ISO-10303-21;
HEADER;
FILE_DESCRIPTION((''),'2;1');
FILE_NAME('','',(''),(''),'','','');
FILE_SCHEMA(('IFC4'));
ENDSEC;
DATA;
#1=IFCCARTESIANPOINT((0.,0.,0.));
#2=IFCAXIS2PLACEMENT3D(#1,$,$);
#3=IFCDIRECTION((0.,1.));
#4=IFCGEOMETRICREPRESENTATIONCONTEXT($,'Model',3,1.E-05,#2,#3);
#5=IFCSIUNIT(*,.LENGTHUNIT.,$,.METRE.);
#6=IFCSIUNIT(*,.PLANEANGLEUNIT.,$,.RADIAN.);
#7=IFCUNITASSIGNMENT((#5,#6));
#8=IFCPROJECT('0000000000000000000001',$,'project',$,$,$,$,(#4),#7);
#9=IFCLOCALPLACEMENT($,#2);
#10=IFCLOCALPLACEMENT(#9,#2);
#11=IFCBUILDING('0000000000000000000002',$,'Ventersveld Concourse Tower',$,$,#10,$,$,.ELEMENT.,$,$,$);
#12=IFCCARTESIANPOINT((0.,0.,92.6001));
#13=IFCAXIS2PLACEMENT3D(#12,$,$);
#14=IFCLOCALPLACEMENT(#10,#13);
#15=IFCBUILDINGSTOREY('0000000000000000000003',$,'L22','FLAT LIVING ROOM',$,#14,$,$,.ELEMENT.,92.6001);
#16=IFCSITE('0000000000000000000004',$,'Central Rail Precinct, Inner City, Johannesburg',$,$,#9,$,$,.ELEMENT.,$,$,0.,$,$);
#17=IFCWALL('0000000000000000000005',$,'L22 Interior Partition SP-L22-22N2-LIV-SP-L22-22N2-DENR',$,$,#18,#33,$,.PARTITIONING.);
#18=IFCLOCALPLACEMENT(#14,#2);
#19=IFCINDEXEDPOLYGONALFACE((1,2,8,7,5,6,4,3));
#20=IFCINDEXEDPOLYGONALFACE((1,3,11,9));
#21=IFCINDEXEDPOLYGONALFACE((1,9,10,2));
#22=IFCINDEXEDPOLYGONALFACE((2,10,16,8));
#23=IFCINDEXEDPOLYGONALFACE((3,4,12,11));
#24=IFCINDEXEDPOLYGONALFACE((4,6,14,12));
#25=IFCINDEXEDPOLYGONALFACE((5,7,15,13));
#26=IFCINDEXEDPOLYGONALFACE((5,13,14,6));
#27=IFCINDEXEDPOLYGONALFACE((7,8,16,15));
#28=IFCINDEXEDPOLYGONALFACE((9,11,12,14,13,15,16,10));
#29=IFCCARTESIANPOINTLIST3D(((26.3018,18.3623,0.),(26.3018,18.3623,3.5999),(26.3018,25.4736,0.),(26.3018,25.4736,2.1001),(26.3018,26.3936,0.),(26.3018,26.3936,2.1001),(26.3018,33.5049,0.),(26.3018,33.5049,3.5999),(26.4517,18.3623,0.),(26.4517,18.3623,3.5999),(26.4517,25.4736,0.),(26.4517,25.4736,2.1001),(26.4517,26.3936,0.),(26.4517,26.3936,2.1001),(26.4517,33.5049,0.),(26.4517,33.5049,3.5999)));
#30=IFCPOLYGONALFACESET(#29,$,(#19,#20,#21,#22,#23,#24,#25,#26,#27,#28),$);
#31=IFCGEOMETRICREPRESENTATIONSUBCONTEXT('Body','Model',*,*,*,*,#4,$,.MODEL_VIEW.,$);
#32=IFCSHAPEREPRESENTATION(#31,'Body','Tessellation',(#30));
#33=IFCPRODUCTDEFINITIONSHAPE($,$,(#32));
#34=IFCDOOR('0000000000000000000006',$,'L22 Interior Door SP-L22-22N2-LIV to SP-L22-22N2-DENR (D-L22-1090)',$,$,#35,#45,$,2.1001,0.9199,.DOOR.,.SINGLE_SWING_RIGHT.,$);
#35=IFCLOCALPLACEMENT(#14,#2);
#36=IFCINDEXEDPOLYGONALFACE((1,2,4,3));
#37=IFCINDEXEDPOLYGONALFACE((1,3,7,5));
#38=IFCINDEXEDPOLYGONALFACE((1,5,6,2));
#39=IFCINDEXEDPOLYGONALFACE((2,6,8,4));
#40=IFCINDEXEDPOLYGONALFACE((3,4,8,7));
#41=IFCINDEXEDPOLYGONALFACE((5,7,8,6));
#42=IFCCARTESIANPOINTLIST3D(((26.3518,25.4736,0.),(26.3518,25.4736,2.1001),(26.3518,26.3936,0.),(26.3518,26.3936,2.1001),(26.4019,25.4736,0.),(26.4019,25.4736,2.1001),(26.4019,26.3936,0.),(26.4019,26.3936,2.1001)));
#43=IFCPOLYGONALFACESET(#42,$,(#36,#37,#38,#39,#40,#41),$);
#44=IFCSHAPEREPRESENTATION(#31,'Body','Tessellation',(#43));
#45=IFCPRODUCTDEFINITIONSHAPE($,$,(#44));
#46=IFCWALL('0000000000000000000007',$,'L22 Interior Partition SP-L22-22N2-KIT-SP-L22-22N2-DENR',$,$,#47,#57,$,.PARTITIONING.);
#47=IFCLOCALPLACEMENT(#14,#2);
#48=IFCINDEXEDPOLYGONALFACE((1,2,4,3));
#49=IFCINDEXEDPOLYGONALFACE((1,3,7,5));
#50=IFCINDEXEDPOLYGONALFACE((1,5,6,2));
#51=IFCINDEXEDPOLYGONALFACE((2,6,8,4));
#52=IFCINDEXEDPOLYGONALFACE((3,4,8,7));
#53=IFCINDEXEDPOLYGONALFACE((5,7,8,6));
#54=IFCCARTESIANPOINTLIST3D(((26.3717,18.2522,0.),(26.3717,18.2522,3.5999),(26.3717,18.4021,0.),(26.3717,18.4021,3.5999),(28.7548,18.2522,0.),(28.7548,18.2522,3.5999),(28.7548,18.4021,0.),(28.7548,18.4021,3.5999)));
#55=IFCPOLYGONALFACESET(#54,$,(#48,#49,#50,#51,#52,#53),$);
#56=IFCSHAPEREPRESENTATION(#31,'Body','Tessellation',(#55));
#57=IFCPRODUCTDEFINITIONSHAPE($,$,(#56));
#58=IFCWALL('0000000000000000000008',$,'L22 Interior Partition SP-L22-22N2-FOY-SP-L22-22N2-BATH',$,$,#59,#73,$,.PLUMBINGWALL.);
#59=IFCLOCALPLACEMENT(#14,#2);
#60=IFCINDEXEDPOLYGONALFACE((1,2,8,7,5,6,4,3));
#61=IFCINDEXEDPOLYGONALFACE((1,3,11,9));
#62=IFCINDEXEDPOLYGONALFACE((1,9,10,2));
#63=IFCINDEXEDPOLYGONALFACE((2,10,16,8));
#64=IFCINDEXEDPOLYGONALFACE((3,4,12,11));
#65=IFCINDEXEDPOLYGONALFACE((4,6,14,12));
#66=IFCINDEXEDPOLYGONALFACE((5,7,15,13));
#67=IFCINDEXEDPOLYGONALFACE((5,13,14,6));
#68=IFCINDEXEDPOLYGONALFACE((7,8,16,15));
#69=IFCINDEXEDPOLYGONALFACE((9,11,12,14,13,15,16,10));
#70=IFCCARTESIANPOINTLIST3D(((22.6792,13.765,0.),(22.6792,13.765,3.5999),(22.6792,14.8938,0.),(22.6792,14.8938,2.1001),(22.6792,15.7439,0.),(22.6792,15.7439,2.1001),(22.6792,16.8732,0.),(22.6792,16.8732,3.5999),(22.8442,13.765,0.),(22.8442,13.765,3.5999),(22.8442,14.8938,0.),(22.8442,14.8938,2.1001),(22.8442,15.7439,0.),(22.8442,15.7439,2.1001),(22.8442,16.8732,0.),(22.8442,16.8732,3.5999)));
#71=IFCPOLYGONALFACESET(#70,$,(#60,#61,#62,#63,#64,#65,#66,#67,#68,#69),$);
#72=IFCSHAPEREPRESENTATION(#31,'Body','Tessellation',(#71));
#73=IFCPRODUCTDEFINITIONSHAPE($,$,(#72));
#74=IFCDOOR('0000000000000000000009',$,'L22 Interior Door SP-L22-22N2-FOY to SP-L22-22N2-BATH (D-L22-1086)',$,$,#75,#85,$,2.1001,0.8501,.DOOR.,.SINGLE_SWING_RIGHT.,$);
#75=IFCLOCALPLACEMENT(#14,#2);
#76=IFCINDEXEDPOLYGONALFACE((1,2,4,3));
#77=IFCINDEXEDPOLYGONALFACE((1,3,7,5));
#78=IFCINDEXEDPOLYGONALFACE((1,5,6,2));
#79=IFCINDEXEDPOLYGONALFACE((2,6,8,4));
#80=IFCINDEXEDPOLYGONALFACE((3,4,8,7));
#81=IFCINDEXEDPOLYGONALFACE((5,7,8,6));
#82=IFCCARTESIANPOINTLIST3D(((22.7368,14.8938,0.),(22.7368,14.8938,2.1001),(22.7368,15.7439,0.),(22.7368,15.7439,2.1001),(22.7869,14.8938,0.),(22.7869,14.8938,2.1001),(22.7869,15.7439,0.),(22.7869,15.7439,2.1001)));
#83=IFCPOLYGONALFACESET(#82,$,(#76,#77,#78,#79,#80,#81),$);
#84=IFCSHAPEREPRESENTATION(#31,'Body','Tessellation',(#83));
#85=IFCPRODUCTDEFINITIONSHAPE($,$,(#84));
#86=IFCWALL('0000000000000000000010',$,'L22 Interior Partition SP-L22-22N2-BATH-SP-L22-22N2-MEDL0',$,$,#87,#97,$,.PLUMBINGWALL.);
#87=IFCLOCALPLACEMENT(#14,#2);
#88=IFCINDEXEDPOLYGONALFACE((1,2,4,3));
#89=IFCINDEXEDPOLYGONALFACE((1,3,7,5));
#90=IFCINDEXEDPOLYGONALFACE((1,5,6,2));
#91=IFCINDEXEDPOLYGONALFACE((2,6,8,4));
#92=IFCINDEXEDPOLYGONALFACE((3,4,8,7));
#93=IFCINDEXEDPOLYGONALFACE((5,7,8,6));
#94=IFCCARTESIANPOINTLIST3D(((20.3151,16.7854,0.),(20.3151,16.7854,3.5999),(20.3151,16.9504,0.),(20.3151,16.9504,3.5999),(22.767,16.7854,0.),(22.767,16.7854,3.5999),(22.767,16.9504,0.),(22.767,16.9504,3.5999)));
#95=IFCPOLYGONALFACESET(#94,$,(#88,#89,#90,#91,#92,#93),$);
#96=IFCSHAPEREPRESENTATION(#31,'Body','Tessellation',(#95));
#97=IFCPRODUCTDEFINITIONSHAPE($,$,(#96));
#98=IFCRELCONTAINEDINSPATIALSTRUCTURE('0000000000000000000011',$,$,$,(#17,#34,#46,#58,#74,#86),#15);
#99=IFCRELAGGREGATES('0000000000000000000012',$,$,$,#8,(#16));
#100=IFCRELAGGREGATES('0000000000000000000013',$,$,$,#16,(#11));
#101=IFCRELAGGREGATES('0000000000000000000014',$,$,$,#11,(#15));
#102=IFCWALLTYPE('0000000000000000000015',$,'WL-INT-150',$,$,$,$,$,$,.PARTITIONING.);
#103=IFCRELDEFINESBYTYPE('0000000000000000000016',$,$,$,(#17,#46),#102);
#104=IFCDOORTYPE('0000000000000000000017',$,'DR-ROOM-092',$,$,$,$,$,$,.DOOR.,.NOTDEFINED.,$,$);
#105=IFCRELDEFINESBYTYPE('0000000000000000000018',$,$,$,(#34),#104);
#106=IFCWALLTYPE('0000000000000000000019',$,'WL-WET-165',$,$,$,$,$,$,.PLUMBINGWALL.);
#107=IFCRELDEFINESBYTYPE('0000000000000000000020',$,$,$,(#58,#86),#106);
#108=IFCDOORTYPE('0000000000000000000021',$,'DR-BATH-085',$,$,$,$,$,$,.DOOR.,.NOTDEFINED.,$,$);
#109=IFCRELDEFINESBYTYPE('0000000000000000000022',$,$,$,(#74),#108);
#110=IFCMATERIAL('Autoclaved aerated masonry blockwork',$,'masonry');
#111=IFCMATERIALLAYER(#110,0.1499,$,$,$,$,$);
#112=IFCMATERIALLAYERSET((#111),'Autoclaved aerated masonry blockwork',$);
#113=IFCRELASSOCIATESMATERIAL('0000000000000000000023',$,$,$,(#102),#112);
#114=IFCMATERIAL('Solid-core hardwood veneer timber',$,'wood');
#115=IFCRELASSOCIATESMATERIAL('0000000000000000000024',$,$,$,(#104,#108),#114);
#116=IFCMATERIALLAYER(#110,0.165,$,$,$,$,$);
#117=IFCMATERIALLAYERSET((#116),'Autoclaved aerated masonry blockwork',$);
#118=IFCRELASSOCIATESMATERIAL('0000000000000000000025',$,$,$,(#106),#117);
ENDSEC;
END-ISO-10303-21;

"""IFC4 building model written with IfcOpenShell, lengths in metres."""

from ifc_helpers import new_model, si_unit, direction, frame, frame_2d, origin, place, context, subcontext, project, spatial, rectangle, extrude, material, layer, layer_set, type_object, element, fill, save


model = new_model("IFC4")

# Units and contexts
model_context = context("Model", 3, precision=1e-05, world=origin(), true_north=direction((0.0, 1.0)))
body_context = subcontext(model_context, "Body", "Model", "MODEL_VIEW")
ifc_project = project(units=[si_unit("LENGTHUNIT", "METRE"), si_unit("PLANEANGLEUNIT", "RADIAN")], contexts=[model_context])

# Site, building, storey
site_placement = place(None, origin())
site = spatial("IfcSite", under=ifc_project, at=site_placement, Name="Central Rail Precinct, Inner City, Johannesburg", CompositionType="ELEMENT", RefElevation=0.0)
building_placement = place(site_placement, origin())
building = spatial("IfcBuilding", under=site, at=building_placement, Name="Ventersveld Concourse Tower", CompositionType="ELEMENT")
storey_placement = place(building_placement, frame((0.0, 0.0, 92.6001)))
storey = spatial("IfcBuildingStorey", under=building, at=storey_placement, Name="L22", Description="FLAT LIVING ROOM", CompositionType="ELEMENT", Elevation=92.6001)

# Shared definitions
ifc_material_1 = material(Name="Solid-core hardwood veneer timber", Category="wood")

# Shared definitions
ifc_material_2 = material(Name="Autoclaved aerated masonry blockwork", Category="masonry")
ifc_layer_1 = layer(ifc_material_2, 0.1499)
ifc_layer_set_1 = layer_set([ifc_layer_1], Name="Autoclaved aerated masonry blockwork")
wall_type_1 = type_object("IfcWallType", Name="WL-INT-150", PredefinedType="PARTITIONING", material=ifc_layer_set_1)

# Wall, opening, door
door_type_1 = type_object("IfcDoorType", Name="DR-ROOM-092", OperationType="NOTDEFINED", PredefinedType="DOOR", material=ifc_material_1)
wall_1_placement = place(storey_placement, frame((26.3767, 18.3623, 0.0), z_axis=(0.0, 0.0, 1.0), x_axis=(0.0, 1.0, 0.0)))
wall_1 = element("IfcWall", 1, at=wall_1_placement, inside=storey, type_object=wall_type_1, Name="L22 Interior Partition SP-L22-22N2-LIV-SP-L22-22N2-DENR", PredefinedType="PARTITIONING", context=body_context, shape_type="SweptSolid", body=[
    extrude(rectangle(XDim=15.1426, YDim=0.1499, at=frame_2d((7.5713, 0.0))), origin(), (0.0, 0.0, 1.0), 3.5999),
])
opening_1_placement = place(wall_1_placement, frame((7.1113, 0.0, 0.0)))
opening_1 = element("IfcOpeningElement", 2, at=opening_1_placement, cuts=wall_1, PredefinedType="OPENING", context=body_context, shape_type="SweptSolid", body=[
    extrude(rectangle(XDim=0.9199, YDim=2.1001, at=frame_2d((0.46, 1.05))), frame((0.0, 0.085, 0.0), z_axis=(0.0, -1.0, 0.0), x_axis=(1.0, 0.0, 0.0)), (0.0, 0.0, 1.0), 0.1699),
])
door_1_placement = place(opening_1_placement, origin())
door_1 = element("IfcDoor", 3, at=door_1_placement, inside=storey, type_object=door_type_1, Name="L22 Interior Door SP-L22-22N2-LIV to SP-L22-22N2-DENR (D-L22-1090)", OperationType="SINGLE_SWING_RIGHT", OverallHeight=2.1001, OverallWidth=0.9199, PredefinedType="DOOR", context=body_context, shape_type="SweptSolid", body=[
    extrude(rectangle(XDim=0.9199, YDim=2.1001, at=frame_2d((0.46, 1.05))), frame((0.0, 0.0249, 0.0), z_axis=(0.0, -1.0, 0.0), x_axis=(1.0, 0.0, 0.0)), (0.0, 0.0, 1.0), 0.05),
])
fill(opening_1, door_1)

# Wall
wall_2_placement = place(storey_placement, frame((26.3718, 18.3271, 0.0), z_axis=(0.0, 0.0, 1.0), x_axis=(1.0, 0.0, 0.0)))
element("IfcWall", 4, at=wall_2_placement, inside=storey, type_object=wall_type_1, Name="L22 Interior Partition SP-L22-22N2-KIT-SP-L22-22N2-DENR", PredefinedType="PARTITIONING", context=body_context, shape_type="SweptSolid", body=[
    extrude(rectangle(XDim=2.3831, YDim=0.1499, at=frame_2d((1.1914, 0.0))), origin(), (0.0, 0.0, 1.0), 3.5999),
])

# Wall, opening, door
ifc_layer_2 = layer(ifc_material_2, 0.165)
ifc_layer_set_2 = layer_set([ifc_layer_2], Name="Autoclaved aerated masonry blockwork")
wall_type_2 = type_object("IfcWallType", Name="WL-WET-165", PredefinedType="PLUMBINGWALL", material=ifc_layer_set_2)
wall_3_placement = place(storey_placement, frame((22.7617, 13.7649, 0.0), z_axis=(0.0, 0.0, 1.0), x_axis=(0.0, 1.0, 0.0)))
wall_3 = element("IfcWall", 5, at=wall_3_placement, inside=storey, type_object=wall_type_2, Name="L22 Interior Partition SP-L22-22N2-FOY-SP-L22-22N2-BATH", PredefinedType="PLUMBINGWALL", context=body_context, shape_type="SweptSolid", body=[
    extrude(rectangle(XDim=3.1082, YDim=0.165, at=frame_2d((1.5542, 0.0))), origin(), (0.0, 0.0, 1.0), 3.5999),
])
opening_2_placement = place(wall_3_placement, frame((1.1289, 0.0, 0.0)))
opening_2 = element("IfcOpeningElement", 6, at=opening_2_placement, cuts=wall_3, PredefinedType="OPENING", context=body_context, shape_type="SweptSolid", body=[
    extrude(rectangle(XDim=0.8501, YDim=2.1001, at=frame_2d((0.425, 1.05))), frame((0.0, 0.0925, 0.0), z_axis=(0.0, -1.0, 0.0), x_axis=(1.0, 0.0, 0.0)), (0.0, 0.0, 1.0), 0.1851),
])
door_type_2 = type_object("IfcDoorType", Name="DR-BATH-085", OperationType="NOTDEFINED", PredefinedType="DOOR", material=ifc_material_1)
door_2_placement = place(opening_2_placement, origin())
door_2 = element("IfcDoor", 7, at=door_2_placement, inside=storey, type_object=door_type_2, Name="L22 Interior Door SP-L22-22N2-FOY to SP-L22-22N2-BATH (D-L22-1086)", OperationType="SINGLE_SWING_RIGHT", OverallHeight=2.1001, OverallWidth=0.8501, PredefinedType="DOOR", context=body_context, shape_type="SweptSolid", body=[
    extrude(rectangle(XDim=0.8501, YDim=2.1001, at=frame_2d((0.425, 1.05))), frame((0.0, 0.0249, 0.0), z_axis=(0.0, -1.0, 0.0), x_axis=(1.0, 0.0, 0.0)), (0.0, 0.0, 1.0), 0.05),
])
fill(opening_2, door_2)

# Wall
wall_4_placement = place(storey_placement, frame((20.3149, 16.8679, 0.0), z_axis=(0.0, 0.0, 1.0), x_axis=(1.0, 0.0, 0.0)))
element("IfcWall", 8, at=wall_4_placement, inside=storey, type_object=wall_type_2, Name="L22 Interior Partition SP-L22-22N2-BATH-SP-L22-22N2-MEDL0", PredefinedType="PLUMBINGWALL", context=body_context, shape_type="SweptSolid", body=[
    extrude(rectangle(XDim=2.4519, YDim=0.165, at=frame_2d((1.2261, 0.0))), origin(), (0.0, 0.0, 1.0), 3.5999),
])

save(model, "model.ifc")
